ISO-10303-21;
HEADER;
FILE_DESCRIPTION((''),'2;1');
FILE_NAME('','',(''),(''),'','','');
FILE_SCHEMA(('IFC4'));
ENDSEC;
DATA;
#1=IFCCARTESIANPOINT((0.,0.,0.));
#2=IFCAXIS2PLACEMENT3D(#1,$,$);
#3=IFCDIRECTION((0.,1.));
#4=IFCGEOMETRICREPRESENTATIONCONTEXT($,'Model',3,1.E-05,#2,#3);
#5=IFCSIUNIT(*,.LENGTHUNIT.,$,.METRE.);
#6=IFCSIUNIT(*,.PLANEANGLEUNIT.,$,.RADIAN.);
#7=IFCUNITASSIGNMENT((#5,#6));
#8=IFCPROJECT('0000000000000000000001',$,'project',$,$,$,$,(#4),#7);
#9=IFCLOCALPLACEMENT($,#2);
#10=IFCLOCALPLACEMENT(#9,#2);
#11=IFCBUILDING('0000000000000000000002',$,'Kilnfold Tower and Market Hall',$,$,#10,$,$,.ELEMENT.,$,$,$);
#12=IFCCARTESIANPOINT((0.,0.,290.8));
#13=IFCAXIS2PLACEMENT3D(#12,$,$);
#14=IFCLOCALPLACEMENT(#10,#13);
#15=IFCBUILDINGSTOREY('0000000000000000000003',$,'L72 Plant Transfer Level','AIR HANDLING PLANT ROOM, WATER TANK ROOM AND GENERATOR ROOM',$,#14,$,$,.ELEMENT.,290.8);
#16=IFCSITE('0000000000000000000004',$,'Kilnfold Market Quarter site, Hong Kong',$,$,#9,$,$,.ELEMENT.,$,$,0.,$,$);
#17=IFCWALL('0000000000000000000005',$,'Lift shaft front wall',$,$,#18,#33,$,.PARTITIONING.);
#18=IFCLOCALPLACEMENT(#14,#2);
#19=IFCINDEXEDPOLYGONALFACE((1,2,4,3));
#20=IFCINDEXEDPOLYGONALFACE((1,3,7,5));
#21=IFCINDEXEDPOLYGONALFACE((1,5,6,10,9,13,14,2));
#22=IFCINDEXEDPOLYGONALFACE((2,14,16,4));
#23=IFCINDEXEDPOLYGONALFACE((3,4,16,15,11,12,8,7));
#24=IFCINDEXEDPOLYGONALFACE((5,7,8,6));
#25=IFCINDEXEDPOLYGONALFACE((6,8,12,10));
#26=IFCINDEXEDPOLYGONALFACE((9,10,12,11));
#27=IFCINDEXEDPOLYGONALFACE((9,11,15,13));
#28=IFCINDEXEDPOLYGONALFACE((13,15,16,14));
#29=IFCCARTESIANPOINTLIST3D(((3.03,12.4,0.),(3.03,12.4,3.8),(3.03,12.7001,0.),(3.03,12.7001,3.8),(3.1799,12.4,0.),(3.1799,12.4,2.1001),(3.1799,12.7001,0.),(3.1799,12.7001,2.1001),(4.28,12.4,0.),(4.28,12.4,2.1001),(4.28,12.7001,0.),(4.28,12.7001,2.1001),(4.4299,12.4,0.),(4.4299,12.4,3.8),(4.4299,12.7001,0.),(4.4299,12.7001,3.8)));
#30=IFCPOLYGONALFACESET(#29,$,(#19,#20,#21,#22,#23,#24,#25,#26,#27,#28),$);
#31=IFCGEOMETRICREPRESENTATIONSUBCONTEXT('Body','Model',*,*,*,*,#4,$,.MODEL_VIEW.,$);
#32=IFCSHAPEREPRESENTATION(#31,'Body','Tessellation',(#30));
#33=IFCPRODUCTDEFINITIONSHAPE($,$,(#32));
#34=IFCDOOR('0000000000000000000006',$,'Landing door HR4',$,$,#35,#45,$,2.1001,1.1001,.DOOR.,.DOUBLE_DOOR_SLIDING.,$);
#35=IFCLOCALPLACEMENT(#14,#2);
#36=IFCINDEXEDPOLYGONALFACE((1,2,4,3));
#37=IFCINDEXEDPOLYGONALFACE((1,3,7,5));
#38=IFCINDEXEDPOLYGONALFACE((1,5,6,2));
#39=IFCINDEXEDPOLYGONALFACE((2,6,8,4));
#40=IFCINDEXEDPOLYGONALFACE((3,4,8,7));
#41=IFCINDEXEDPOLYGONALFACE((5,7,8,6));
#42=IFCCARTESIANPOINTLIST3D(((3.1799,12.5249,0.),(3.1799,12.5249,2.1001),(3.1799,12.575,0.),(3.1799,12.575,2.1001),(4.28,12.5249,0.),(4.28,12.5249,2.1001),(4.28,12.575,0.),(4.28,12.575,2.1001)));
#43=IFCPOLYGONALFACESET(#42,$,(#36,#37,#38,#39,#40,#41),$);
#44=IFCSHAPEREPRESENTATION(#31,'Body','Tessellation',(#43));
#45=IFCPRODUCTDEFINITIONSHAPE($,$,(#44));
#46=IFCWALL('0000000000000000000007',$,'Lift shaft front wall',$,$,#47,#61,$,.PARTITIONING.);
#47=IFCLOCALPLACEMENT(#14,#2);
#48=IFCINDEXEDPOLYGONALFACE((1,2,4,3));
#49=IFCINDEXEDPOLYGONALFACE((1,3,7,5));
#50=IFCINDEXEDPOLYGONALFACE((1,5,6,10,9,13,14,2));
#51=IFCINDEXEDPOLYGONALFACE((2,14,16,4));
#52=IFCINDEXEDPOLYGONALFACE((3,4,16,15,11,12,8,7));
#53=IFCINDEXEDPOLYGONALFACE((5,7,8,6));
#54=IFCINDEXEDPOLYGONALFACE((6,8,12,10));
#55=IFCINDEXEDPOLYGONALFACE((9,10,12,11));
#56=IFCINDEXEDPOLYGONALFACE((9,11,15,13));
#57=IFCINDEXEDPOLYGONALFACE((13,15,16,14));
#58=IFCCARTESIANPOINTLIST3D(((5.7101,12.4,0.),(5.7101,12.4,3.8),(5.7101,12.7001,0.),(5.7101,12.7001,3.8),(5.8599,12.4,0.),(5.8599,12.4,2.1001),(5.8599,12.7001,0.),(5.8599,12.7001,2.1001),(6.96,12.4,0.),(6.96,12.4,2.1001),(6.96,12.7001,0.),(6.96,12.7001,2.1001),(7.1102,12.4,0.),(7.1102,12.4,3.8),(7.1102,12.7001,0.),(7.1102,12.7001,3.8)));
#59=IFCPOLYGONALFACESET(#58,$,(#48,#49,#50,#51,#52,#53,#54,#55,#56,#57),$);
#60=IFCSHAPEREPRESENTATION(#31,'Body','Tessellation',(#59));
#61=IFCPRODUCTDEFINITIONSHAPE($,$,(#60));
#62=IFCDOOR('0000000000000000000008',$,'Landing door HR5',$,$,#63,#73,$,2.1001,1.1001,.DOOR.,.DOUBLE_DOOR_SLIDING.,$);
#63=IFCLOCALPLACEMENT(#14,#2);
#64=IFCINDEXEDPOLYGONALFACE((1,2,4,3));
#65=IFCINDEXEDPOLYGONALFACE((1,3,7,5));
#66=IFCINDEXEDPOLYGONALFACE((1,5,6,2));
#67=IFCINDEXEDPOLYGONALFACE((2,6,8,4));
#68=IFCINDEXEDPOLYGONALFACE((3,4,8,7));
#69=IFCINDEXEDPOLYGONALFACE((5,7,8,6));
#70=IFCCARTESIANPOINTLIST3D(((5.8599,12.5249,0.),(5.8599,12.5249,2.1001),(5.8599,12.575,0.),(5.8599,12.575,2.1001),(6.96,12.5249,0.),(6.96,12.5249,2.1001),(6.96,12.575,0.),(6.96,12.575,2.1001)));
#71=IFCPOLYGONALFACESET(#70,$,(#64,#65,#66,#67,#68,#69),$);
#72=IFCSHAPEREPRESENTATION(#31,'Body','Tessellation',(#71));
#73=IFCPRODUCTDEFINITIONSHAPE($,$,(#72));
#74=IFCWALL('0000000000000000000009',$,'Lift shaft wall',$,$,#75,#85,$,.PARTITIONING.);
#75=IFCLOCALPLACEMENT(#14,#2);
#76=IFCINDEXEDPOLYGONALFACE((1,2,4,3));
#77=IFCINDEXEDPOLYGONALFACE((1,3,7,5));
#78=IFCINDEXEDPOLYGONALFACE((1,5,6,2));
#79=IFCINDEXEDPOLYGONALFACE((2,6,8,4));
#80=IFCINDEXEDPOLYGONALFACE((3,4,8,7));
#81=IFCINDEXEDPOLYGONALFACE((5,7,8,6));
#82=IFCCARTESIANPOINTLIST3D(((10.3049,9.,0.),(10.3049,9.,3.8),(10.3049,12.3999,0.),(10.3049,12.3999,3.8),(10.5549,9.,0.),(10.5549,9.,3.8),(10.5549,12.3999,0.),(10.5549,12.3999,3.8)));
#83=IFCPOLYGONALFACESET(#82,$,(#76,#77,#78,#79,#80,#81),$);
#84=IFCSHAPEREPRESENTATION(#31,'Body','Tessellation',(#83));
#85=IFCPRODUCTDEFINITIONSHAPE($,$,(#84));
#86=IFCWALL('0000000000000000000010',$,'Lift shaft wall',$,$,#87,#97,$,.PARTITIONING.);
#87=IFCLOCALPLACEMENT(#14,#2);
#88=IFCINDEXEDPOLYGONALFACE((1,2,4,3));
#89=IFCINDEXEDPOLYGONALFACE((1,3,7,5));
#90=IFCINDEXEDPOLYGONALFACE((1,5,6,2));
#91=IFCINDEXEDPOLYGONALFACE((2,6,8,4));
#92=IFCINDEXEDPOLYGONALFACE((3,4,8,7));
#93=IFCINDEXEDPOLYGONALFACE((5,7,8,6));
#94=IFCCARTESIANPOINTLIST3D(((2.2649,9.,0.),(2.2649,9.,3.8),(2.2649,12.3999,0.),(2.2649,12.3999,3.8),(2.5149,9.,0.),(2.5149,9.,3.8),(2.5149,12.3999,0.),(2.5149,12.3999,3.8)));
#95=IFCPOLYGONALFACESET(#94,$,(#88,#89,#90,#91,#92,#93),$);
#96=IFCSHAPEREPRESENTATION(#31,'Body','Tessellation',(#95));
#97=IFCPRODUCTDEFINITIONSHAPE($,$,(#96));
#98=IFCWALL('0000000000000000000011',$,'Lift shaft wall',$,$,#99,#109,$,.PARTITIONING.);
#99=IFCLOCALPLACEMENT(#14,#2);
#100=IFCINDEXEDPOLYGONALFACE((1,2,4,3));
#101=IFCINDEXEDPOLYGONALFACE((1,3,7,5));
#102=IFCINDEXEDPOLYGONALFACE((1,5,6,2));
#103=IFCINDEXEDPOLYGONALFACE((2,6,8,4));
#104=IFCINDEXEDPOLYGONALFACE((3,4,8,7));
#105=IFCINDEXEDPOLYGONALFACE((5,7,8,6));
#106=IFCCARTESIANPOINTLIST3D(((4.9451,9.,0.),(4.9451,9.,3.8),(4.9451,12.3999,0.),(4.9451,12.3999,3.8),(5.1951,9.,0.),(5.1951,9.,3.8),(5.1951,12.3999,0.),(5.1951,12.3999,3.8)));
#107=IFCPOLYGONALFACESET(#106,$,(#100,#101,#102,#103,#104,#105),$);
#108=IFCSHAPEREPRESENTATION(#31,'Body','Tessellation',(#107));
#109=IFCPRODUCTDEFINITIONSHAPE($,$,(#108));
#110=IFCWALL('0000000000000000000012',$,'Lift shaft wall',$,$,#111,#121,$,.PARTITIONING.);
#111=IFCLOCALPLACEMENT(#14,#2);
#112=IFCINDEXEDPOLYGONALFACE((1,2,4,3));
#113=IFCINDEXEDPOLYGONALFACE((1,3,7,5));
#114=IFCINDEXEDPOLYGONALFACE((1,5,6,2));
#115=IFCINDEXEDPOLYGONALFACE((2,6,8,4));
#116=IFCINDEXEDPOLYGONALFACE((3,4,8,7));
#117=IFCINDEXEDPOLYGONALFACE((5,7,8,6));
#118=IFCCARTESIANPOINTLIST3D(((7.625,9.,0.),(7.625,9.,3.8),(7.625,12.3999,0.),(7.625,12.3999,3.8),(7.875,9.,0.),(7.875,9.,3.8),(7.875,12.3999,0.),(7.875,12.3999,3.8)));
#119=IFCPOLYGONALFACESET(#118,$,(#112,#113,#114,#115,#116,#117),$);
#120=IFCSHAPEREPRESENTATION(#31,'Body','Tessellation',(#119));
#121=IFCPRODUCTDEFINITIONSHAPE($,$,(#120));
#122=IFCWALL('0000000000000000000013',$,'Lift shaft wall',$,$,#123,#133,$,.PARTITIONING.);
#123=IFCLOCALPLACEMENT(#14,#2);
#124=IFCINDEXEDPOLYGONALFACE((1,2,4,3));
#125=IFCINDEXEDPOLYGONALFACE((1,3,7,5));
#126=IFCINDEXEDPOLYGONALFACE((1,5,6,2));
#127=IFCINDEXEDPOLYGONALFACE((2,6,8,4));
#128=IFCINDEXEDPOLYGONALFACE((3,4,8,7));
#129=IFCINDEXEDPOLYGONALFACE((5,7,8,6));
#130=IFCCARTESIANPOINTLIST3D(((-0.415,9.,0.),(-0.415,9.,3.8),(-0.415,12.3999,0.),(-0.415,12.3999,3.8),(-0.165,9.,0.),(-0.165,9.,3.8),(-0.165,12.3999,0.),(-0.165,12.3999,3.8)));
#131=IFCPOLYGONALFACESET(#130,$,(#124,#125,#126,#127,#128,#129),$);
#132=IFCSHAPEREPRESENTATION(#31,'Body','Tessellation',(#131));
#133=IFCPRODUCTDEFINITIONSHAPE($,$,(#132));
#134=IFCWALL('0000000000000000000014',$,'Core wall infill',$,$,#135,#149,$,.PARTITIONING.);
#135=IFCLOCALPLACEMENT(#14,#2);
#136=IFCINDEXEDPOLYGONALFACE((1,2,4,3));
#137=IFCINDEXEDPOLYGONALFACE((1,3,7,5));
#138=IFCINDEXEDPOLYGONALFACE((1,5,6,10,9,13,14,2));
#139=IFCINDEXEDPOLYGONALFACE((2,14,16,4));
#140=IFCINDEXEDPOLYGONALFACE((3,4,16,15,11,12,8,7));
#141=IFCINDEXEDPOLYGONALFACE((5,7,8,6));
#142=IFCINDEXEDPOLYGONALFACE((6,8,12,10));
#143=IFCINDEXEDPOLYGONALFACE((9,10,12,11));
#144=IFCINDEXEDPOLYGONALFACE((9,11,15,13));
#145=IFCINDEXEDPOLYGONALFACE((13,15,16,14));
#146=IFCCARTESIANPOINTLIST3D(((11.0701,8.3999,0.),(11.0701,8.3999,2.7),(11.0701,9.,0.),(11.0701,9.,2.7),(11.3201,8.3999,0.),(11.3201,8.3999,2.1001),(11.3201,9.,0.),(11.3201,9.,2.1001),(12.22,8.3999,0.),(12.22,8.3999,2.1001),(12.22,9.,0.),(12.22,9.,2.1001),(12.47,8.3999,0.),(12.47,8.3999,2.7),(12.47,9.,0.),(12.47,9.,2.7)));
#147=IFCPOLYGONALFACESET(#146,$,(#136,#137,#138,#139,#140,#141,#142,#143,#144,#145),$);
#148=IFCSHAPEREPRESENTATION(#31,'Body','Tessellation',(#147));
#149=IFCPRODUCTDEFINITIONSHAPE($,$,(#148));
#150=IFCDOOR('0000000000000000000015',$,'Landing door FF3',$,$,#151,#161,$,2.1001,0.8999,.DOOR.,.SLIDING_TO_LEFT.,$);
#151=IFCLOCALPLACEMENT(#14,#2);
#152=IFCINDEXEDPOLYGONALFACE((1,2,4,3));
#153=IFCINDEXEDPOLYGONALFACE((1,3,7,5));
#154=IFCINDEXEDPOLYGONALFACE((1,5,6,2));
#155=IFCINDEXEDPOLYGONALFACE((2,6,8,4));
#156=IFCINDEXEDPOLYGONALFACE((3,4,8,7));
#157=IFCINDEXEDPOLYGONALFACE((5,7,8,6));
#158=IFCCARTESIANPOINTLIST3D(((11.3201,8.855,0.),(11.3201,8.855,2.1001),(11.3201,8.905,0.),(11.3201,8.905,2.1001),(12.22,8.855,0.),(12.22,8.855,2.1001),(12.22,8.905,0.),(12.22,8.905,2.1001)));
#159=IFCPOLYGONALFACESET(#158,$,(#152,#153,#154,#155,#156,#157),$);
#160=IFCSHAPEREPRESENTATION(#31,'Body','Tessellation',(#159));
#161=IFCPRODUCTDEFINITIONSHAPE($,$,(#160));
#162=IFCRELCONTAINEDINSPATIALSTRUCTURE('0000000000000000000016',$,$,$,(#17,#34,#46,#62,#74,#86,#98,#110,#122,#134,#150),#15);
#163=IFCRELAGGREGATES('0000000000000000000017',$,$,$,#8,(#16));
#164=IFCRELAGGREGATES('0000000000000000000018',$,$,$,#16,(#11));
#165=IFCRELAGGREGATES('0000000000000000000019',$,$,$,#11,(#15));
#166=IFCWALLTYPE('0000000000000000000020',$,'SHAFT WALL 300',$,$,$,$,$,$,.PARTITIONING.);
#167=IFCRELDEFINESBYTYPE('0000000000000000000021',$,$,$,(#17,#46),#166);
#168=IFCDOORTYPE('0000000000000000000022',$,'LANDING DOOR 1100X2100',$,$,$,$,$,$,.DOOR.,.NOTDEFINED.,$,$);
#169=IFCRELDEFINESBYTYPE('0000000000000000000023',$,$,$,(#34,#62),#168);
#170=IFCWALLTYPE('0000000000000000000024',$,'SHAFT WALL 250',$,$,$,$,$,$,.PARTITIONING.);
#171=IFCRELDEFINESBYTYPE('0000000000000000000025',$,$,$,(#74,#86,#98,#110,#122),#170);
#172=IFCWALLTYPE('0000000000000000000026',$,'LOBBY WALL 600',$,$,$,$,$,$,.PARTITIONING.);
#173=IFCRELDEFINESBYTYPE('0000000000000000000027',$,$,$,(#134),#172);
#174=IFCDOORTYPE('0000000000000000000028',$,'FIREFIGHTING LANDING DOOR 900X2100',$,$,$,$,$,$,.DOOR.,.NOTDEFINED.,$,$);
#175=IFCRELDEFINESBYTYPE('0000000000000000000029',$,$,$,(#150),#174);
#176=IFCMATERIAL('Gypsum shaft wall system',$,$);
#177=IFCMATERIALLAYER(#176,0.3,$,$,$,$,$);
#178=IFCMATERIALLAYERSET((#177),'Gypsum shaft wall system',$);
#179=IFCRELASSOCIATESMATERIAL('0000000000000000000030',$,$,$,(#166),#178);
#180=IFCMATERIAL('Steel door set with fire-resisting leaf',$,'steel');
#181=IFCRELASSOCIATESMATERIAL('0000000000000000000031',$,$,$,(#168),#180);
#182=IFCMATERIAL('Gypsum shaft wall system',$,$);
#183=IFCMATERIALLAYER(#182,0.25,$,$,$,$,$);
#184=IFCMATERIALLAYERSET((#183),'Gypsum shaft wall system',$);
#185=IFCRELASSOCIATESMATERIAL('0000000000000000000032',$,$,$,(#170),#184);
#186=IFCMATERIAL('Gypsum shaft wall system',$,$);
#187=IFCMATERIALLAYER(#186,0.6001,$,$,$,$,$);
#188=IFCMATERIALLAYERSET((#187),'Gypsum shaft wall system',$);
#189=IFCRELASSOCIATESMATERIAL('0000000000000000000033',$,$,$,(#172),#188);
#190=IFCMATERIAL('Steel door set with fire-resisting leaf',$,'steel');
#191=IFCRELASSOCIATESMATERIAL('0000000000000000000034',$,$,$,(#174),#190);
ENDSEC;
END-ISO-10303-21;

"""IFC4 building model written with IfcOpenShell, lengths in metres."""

from ifc_helpers import new_model, si_unit, direction, frame, frame_2d, origin, place, context, subcontext, project, spatial, rectangle, extrude, source, transform, mapped, material, layer, layer_set, type_object, element, fill, save


model = new_model("IFC4")

# Units and contexts
model_context = context("Model", 3, precision=1e-05, world=origin(), true_north=direction((0.0, 1.0)))
body_context = subcontext(model_context, "Body", "Model", "MODEL_VIEW")
ifc_project = project(units=[si_unit("LENGTHUNIT", "METRE"), si_unit("PLANEANGLEUNIT", "RADIAN")], contexts=[model_context])

# Site, building, storey
site_placement = place(None, origin())
site = spatial("IfcSite", under=ifc_project, at=site_placement, Name="Kilnfold Market Quarter site, Hong Kong", CompositionType="ELEMENT", RefElevation=0.0)
building_placement = place(site_placement, origin())
building = spatial("IfcBuilding", under=site, at=building_placement, Name="Kilnfold Tower and Market Hall", CompositionType="ELEMENT")
storey_placement = place(building_placement, frame((0.0, 0.0, 290.8)))
storey = spatial("IfcBuildingStorey", under=building, at=storey_placement, Name="L72 Plant Transfer Level", Description="AIR HANDLING PLANT ROOM, WATER TANK ROOM AND GENERATOR ROOM", CompositionType="ELEMENT", Elevation=290.8)

# Walls, openings, doors
ifc_material_1 = material(Name="Gypsum shaft wall system")
ifc_layer_1 = layer(ifc_material_1, 0.3)
ifc_layer_set_1 = layer_set([ifc_layer_1], Name="Gypsum shaft wall system")
wall_type_1 = type_object("IfcWallType", Name="SHAFT WALL 300", PredefinedType="PARTITIONING", material=ifc_layer_set_1)
shared_shape_1 = source(origin(), body_context, "Body", "SweptSolid", [
    extrude(rectangle(XDim=1.3999, YDim=0.3, at=frame_2d((0.7, 0.0))), origin(), (0.0, 0.0, 1.0), 3.8),
])
ifc_material_2 = material(Name="Steel door set with fire-resisting leaf", Category="steel")
door_type_1 = type_object("IfcDoorType", Name="LANDING DOOR 1100X2100", OperationType="NOTDEFINED", PredefinedType="DOOR", material=ifc_material_2)
wall_1_placement = place(storey_placement, frame((3.03, 12.55, 0.0), z_axis=(0.0, 0.0, 1.0), x_axis=(1.0, 0.0, 0.0)))
wall_1 = element("IfcWall", 1, at=wall_1_placement, inside=storey, type_object=wall_type_1, Name="Lift shaft front wall", PredefinedType="PARTITIONING", context=body_context, shape_type="MappedRepresentation", body=[
    mapped(shared_shape_1, transform((0.0, 0.0, 0.0))),
])
opening_1_placement = place(wall_1_placement, frame((0.1499, 0.0, 0.0)))
opening_1 = element("IfcOpeningElement", 2, at=opening_1_placement, cuts=wall_1, PredefinedType="OPENING", context=body_context, shape_type="SweptSolid", body=[
    extrude(rectangle(XDim=1.1001, YDim=2.1001, at=frame_2d((0.55, 1.05))), frame((0.0, 0.1602, 0.0), z_axis=(0.0, -1.0, 0.0), x_axis=(1.0, 0.0, 0.0)), (0.0, 0.0, 1.0), 0.3201),
])
door_1_placement = place(opening_1_placement, origin())
door_1 = element("IfcDoor", 3, at=door_1_placement, inside=storey, type_object=door_type_1, Name="Landing door HR4", OperationType="DOUBLE_DOOR_SLIDING", OverallHeight=2.1001, OverallWidth=1.1001, PredefinedType="DOOR", context=body_context, shape_type="SweptSolid", body=[
    extrude(rectangle(XDim=1.1001, YDim=2.1001, at=frame_2d((0.55, 1.05))), frame((0.0, 0.0249, 0.0), z_axis=(0.0, -1.0, 0.0), x_axis=(1.0, 0.0, 0.0)), (0.0, 0.0, 1.0), 0.05),
])
fill(opening_1, door_1)
shared_shape_2 = source(origin(), body_context, "Body", "SweptSolid", [
    extrude(rectangle(XDim=1.4001, YDim=0.3, at=frame_2d((0.7002, 0.0))), origin(), (0.0, 0.0, 1.0), 3.8),
])
wall_2_placement = place(storey_placement, frame((5.71, 12.55, 0.0), z_axis=(0.0, 0.0, 1.0), x_axis=(1.0, 0.0, 0.0)))
wall_2 = element("IfcWall", 4, at=wall_2_placement, inside=storey, type_object=wall_type_1, Name="Lift shaft front wall", PredefinedType="PARTITIONING", context=body_context, shape_type="MappedRepresentation", body=[
    mapped(shared_shape_2, transform((0.0, 0.0, 0.0))),
])
opening_2_placement = place(wall_2_placement, frame((0.1499, 0.0, 0.0)))
opening_2 = element("IfcOpeningElement", 5, at=opening_2_placement, cuts=wall_2, PredefinedType="OPENING", context=body_context, shape_type="SweptSolid", body=[
    extrude(rectangle(XDim=1.1001, YDim=2.1001, at=frame_2d((0.55, 1.05))), frame((0.0, 0.1602, 0.0), z_axis=(0.0, -1.0, 0.0), x_axis=(1.0, 0.0, 0.0)), (0.0, 0.0, 1.0), 0.3201),
])
door_2_placement = place(opening_2_placement, origin())
door_2 = element("IfcDoor", 6, at=door_2_placement, inside=storey, type_object=door_type_1, Name="Landing door HR5", OperationType="DOUBLE_DOOR_SLIDING", OverallHeight=2.1001, OverallWidth=1.1001, PredefinedType="DOOR", context=body_context, shape_type="SweptSolid", body=[
    extrude(rectangle(XDim=1.1001, YDim=2.1001, at=frame_2d((0.55, 1.05))), frame((0.0, 0.0249, 0.0), z_axis=(0.0, -1.0, 0.0), x_axis=(1.0, 0.0, 0.0)), (0.0, 0.0, 1.0), 0.05),
])
fill(opening_2, door_2)

# Walls
ifc_material_3 = material(Name="Gypsum shaft wall system")
ifc_layer_2 = layer(ifc_material_3, 0.25)
ifc_layer_set_2 = layer_set([ifc_layer_2], Name="Gypsum shaft wall system")
wall_type_2 = type_object("IfcWallType", Name="SHAFT WALL 250", PredefinedType="PARTITIONING", material=ifc_layer_set_2)
shared_shape_3 = source(origin(), body_context, "Body", "SweptSolid", [
    extrude(rectangle(XDim=3.3999, YDim=0.25, at=frame_2d((1.7, 0.0))), origin(), (0.0, 0.0, 1.0), 3.8),
])
for number, where, z_axis, x_axis, name in (
    (7, (10.4299, 9.0, 0.0), (0.0, 0.0, 1.0), (0.0, 1.0, 0.0), "Lift shaft wall"),
    (8, (2.3899, 9.0, 0.0), (0.0, 0.0, 1.0), (0.0, 1.0, 0.0), "Lift shaft wall"),
    (9, (5.0701, 9.0, 0.0), (0.0, 0.0, 1.0), (0.0, 1.0, 0.0), "Lift shaft wall"),
    (10, (7.75, 9.0, 0.0), (0.0, 0.0, 1.0), (0.0, 1.0, 0.0), "Lift shaft wall"),
    (11, (-0.29, 9.0, 0.0), (0.0, 0.0, 1.0), (0.0, 1.0, 0.0), "Lift shaft wall"),
):
    element("IfcWall", number, at=place(storey_placement, frame(where, z_axis=z_axis, x_axis=x_axis)), inside=storey, type_object=wall_type_2, Name=name, PredefinedType="PARTITIONING", context=body_context, shape_type="MappedRepresentation", body=[
        mapped(shared_shape_3, transform((0.0, 0.0, 0.0))),
    ])

# Wall, opening, door
ifc_material_4 = material(Name="Gypsum shaft wall system")
ifc_layer_3 = layer(ifc_material_4, 0.6001)
ifc_layer_set_3 = layer_set([ifc_layer_3], Name="Gypsum shaft wall system")
wall_type_3 = type_object("IfcWallType", Name="LOBBY WALL 600", PredefinedType="PARTITIONING", material=ifc_layer_set_3)
shared_shape_4 = source(origin(), body_context, "Body", "SweptSolid", [
    extrude(rectangle(XDim=1.3999, YDim=0.6001, at=frame_2d((0.7, 0.0))), origin(), (0.0, 0.0, 1.0), 2.7),
])
wall_3_placement = place(storey_placement, frame((11.0701, 8.7, 0.0), z_axis=(0.0, 0.0, 1.0), x_axis=(1.0, 0.0, 0.0)))
wall_3 = element("IfcWall", 12, at=wall_3_placement, inside=storey, type_object=wall_type_3, Name="Core wall infill", PredefinedType="PARTITIONING", context=body_context, shape_type="MappedRepresentation", body=[
    mapped(shared_shape_4, transform((0.0, 0.0, 0.0))),
])
opening_3_placement = place(wall_3_placement, frame((0.25, 0.0, 0.0)))
opening_3 = element("IfcOpeningElement", 13, at=opening_3_placement, cuts=wall_3, PredefinedType="OPENING", context=body_context, shape_type="SweptSolid", body=[
    extrude(rectangle(XDim=0.8999, YDim=2.1001, at=frame_2d((0.45, 1.05))), frame((0.0, 0.3101, 0.0), z_axis=(0.0, -1.0, 0.0), x_axis=(1.0, 0.0, 0.0)), (0.0, 0.0, 1.0), 0.6201),
])
ifc_material_5 = material(Name="Steel door set with fire-resisting leaf", Category="steel")
door_type_2 = type_object("IfcDoorType", Name="FIREFIGHTING LANDING DOOR 900X2100", OperationType="NOTDEFINED", PredefinedType="DOOR", material=ifc_material_5)
door_3_placement = place(opening_3_placement, origin())
door_3 = element("IfcDoor", 14, at=door_3_placement, inside=storey, type_object=door_type_2, Name="Landing door FF3", OperationType="SLIDING_TO_LEFT", OverallHeight=2.1001, OverallWidth=0.8999, PredefinedType="DOOR", context=body_context, shape_type="SweptSolid", body=[
    extrude(rectangle(XDim=0.8999, YDim=2.1001, at=frame_2d((0.45, 1.05))), frame((0.0, 0.2051, 0.0), z_axis=(0.0, -1.0, 0.0), x_axis=(1.0, 0.0, 0.0)), (0.0, 0.0, 1.0), 0.05),
])
fill(opening_3, door_3)

save(model, "model.ifc")
